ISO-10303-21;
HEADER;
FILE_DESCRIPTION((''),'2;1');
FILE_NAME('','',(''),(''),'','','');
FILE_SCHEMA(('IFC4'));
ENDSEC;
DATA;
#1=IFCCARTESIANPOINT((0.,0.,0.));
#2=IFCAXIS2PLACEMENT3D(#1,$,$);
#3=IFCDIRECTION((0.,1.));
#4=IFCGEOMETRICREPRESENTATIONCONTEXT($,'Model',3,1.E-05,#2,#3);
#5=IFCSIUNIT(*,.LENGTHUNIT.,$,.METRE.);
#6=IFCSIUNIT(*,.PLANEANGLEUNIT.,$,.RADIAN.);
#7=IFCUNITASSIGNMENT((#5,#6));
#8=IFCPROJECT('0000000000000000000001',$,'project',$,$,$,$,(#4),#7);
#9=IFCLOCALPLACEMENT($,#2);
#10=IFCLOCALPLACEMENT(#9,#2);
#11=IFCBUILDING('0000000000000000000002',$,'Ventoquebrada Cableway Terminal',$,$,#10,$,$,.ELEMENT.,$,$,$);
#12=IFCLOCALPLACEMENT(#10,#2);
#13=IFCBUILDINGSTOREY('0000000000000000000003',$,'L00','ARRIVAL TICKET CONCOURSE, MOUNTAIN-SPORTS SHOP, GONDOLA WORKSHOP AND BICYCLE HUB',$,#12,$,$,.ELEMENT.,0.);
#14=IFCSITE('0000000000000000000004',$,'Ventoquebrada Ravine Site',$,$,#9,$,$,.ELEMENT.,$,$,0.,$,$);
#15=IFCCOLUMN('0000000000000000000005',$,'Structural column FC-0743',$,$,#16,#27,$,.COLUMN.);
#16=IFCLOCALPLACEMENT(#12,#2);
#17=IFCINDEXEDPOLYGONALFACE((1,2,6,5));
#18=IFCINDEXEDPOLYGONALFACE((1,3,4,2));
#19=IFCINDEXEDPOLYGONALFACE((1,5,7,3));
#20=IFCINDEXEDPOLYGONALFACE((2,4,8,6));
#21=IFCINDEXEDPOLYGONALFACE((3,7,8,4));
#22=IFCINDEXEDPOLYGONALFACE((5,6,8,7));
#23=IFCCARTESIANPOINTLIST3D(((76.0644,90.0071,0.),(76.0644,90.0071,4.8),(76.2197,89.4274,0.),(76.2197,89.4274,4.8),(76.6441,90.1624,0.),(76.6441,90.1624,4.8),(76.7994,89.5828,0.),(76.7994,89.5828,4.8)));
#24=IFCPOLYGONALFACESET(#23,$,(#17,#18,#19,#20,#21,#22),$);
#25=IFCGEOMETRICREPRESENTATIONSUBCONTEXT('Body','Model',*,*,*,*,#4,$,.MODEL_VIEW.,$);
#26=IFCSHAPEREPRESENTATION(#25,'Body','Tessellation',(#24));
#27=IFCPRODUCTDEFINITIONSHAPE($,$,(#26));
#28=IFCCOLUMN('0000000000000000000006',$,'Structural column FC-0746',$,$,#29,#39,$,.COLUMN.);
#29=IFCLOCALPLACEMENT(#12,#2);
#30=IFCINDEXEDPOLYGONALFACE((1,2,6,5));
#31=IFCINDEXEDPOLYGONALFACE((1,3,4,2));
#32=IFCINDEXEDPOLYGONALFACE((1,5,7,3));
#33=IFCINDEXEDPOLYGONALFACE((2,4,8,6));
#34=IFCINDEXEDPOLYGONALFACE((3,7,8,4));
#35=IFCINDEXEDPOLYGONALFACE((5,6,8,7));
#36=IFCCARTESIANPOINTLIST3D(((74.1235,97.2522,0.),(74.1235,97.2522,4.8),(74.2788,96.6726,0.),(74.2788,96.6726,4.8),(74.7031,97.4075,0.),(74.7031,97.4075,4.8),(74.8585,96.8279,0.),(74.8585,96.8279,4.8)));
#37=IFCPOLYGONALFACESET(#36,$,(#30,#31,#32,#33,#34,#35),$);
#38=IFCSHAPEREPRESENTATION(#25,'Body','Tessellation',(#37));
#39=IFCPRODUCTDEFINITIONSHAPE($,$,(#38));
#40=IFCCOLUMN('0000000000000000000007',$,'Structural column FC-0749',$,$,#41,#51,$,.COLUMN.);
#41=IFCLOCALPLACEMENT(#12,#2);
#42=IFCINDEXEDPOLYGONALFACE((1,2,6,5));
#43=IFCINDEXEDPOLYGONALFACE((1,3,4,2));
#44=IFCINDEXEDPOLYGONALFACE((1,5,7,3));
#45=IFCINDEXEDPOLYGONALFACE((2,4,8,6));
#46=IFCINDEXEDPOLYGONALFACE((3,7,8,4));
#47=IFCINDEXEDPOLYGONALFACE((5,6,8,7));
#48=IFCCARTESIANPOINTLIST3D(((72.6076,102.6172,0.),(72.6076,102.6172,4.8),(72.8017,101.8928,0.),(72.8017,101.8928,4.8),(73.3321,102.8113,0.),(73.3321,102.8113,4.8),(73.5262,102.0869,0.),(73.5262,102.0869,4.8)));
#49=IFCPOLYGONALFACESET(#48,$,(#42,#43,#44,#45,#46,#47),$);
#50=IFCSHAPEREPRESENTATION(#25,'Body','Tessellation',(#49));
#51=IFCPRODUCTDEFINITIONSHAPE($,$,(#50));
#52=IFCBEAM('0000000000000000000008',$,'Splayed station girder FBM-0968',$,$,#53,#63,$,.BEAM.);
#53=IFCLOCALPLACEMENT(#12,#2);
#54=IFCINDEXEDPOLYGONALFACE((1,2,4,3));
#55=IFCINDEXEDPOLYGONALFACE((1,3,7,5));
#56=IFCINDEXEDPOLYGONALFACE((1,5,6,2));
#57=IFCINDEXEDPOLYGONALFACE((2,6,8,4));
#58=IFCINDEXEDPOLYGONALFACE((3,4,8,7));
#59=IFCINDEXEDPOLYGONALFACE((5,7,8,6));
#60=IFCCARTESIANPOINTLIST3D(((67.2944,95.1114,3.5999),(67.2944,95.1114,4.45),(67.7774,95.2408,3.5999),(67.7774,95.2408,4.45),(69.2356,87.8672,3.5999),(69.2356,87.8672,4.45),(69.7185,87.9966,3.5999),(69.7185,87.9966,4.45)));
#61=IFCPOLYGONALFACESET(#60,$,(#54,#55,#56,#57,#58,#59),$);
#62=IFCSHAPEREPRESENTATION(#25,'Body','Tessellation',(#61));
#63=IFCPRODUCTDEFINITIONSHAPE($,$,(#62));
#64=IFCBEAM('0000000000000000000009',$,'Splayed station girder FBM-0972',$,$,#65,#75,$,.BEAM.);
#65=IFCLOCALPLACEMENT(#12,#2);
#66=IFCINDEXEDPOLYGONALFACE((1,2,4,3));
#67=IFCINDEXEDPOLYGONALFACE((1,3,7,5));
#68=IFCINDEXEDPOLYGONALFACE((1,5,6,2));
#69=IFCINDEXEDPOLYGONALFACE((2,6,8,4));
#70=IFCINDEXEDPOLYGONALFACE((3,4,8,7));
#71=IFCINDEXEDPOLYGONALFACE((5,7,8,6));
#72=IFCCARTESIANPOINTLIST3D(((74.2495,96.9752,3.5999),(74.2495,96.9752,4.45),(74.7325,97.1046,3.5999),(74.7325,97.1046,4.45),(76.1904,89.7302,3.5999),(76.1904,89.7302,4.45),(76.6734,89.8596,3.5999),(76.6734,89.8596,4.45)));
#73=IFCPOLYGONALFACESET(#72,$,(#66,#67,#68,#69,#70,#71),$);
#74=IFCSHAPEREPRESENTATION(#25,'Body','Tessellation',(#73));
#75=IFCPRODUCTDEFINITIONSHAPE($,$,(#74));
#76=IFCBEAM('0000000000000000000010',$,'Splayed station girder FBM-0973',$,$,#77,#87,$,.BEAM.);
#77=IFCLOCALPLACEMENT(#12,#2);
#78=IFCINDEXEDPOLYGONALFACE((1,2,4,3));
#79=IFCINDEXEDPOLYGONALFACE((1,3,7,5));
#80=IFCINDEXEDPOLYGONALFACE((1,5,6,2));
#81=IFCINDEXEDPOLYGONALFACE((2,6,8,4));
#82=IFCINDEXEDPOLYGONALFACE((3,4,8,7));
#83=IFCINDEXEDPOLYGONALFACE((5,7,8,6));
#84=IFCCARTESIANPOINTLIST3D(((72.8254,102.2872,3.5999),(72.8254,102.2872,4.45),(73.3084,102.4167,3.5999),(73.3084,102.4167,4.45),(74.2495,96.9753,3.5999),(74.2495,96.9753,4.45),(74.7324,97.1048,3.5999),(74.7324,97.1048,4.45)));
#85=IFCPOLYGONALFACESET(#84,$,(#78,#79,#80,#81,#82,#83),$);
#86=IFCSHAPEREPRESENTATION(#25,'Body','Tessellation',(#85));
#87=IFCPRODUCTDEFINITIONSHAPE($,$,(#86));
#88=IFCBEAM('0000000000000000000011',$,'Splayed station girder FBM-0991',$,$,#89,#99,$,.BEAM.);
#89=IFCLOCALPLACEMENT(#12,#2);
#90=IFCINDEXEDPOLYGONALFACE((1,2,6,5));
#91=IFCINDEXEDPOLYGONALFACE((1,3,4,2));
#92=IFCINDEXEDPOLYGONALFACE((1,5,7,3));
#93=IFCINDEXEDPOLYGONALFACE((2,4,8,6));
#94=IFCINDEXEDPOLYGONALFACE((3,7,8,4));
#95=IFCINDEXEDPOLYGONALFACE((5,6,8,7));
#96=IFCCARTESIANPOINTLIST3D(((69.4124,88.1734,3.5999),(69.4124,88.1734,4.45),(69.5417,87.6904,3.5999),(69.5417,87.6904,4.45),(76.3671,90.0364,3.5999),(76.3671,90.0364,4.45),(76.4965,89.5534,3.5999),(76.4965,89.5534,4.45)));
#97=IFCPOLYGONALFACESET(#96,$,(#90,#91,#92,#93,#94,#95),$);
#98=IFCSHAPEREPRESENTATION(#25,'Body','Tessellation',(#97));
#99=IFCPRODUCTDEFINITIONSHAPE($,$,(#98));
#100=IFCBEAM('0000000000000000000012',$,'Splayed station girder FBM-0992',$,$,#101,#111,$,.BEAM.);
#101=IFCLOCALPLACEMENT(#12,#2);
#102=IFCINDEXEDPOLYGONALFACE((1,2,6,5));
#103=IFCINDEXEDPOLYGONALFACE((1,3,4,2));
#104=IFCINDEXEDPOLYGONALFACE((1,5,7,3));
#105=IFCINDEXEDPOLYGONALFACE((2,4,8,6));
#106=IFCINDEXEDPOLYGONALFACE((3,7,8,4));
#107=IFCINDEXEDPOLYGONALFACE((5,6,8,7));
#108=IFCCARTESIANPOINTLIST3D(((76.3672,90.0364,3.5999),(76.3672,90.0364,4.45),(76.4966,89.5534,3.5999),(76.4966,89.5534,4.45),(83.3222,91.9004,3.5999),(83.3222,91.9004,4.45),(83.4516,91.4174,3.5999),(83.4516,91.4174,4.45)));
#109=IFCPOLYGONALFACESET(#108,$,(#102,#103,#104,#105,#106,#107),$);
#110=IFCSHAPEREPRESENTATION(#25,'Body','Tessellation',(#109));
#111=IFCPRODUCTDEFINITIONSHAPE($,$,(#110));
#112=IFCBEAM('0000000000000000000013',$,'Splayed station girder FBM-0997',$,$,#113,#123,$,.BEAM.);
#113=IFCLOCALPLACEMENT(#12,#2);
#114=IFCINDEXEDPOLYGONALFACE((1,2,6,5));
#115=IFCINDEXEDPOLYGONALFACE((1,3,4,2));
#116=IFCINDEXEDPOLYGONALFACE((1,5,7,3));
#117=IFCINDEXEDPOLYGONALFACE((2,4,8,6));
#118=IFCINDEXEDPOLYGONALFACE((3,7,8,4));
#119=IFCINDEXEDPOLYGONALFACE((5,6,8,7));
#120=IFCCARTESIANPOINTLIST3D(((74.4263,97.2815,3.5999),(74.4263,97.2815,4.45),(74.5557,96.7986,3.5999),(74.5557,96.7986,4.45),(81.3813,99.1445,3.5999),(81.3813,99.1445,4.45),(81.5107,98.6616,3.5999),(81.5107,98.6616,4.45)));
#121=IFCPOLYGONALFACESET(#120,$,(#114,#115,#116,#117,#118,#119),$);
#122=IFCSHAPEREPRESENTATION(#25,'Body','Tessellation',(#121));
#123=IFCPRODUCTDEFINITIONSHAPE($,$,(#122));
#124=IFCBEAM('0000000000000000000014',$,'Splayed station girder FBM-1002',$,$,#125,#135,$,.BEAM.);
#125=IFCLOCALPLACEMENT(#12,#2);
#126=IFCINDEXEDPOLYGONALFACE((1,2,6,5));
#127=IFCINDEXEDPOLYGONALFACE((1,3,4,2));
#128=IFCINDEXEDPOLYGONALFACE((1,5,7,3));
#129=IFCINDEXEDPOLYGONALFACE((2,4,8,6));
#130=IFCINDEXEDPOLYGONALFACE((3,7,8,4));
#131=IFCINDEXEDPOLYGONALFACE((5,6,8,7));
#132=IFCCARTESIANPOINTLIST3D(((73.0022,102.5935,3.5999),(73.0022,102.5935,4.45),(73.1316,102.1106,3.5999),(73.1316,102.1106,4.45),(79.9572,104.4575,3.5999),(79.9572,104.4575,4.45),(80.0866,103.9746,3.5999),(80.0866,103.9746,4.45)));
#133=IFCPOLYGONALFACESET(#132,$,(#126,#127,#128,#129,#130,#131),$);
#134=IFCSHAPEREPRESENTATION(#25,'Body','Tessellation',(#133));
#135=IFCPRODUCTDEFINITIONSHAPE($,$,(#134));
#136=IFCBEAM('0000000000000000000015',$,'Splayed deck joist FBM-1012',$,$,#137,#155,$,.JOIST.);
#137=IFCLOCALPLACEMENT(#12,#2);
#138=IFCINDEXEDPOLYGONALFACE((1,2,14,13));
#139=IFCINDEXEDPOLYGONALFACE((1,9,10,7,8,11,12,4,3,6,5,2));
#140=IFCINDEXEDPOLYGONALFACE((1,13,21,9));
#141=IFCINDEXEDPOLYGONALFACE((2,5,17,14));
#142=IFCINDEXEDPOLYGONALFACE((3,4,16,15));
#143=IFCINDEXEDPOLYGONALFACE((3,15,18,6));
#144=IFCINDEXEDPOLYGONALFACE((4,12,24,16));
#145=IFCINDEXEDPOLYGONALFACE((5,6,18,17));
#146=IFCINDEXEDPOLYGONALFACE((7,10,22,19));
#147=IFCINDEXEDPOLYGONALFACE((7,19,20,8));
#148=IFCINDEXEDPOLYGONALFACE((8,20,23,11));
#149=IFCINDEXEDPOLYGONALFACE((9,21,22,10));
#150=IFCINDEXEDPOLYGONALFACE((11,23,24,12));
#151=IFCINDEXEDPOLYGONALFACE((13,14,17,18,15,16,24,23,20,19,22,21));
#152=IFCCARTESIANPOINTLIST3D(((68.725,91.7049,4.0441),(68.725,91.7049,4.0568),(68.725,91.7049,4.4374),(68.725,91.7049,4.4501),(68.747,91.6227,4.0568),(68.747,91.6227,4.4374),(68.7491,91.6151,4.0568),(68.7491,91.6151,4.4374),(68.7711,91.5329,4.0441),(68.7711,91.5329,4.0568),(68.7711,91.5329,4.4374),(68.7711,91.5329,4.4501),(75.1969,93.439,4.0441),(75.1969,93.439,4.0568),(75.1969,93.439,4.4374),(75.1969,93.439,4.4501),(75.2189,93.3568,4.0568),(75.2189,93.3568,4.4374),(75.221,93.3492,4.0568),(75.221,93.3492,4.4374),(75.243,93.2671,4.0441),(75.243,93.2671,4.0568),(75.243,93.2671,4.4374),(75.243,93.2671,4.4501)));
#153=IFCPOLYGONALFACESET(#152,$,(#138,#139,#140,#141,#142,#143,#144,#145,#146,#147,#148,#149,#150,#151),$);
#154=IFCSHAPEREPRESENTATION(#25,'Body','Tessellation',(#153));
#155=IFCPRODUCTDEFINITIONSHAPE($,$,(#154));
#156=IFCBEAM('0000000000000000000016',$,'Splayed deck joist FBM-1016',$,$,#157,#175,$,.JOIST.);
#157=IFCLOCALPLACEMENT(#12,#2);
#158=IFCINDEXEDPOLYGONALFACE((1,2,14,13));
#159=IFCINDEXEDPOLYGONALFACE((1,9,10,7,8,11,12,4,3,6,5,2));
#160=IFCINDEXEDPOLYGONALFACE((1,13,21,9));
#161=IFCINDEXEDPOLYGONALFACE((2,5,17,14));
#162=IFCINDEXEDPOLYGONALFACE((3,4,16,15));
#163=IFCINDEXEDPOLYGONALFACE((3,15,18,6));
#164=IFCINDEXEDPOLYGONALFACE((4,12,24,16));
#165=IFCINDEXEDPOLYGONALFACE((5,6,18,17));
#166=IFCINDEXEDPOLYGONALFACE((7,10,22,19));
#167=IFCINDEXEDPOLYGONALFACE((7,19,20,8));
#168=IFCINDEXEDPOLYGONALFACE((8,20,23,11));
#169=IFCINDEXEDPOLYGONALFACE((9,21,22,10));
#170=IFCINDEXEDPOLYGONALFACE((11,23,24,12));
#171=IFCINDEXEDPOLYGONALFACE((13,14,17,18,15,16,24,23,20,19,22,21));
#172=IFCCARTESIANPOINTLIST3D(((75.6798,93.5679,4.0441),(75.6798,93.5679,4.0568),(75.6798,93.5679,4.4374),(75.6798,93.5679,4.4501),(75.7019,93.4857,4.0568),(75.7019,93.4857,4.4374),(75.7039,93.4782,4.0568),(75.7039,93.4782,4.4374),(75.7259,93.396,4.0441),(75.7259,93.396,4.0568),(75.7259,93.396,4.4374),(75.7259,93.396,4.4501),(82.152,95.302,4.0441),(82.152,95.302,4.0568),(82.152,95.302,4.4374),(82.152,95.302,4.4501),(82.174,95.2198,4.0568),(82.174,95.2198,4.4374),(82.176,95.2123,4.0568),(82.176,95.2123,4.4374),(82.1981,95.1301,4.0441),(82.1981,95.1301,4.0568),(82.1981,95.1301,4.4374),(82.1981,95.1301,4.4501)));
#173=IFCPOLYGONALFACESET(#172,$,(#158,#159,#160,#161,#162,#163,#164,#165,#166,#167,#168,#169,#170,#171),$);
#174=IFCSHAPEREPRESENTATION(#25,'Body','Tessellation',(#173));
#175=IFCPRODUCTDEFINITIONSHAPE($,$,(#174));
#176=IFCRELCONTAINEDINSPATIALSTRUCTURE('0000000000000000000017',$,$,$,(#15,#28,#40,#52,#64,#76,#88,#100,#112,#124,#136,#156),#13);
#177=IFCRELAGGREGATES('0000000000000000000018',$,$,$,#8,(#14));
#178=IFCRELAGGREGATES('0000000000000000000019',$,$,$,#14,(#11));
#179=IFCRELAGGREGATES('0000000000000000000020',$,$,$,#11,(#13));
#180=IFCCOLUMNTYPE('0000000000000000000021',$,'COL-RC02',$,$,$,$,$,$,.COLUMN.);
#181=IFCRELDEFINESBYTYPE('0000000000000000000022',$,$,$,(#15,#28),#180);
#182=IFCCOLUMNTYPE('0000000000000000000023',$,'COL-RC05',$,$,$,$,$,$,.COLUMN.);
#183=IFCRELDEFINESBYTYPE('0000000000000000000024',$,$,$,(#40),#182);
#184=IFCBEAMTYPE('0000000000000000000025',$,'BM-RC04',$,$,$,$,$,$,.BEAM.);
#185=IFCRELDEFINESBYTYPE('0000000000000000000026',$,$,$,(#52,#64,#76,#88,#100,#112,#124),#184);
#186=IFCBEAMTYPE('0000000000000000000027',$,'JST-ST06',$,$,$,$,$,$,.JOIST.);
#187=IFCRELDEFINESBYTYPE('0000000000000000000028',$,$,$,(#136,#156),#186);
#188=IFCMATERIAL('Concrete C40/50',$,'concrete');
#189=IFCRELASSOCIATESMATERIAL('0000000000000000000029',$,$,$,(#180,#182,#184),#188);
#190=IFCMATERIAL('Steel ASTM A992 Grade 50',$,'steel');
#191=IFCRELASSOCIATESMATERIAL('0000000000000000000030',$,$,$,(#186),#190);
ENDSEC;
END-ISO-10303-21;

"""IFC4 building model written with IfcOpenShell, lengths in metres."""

from ifc_helpers import new_model, si_unit, direction, frame, origin, origin_2d, place, context, subcontext, project, spatial, rectangle, i_section, extrude, material, material_profile, profile_set, type_object, element, save


model = new_model("IFC4")

# Units and contexts
model_context = context("Model", 3, precision=1e-05, world=origin(), true_north=direction((0.0, 1.0)))
body_context = subcontext(model_context, "Body", "Model", "MODEL_VIEW")
ifc_project = project(units=[si_unit("LENGTHUNIT", "METRE"), si_unit("PLANEANGLEUNIT", "RADIAN")], contexts=[model_context])

# Site, building, storey
site_placement = place(None, origin())
site = spatial("IfcSite", under=ifc_project, at=site_placement, Name="Ventoquebrada Ravine Site", CompositionType="ELEMENT", RefElevation=0.0)
building_placement = place(site_placement, origin())
building = spatial("IfcBuilding", under=site, at=building_placement, Name="Ventoquebrada Cableway Terminal", CompositionType="ELEMENT")
storey_placement = place(building_placement, origin())
storey = spatial("IfcBuildingStorey", under=building, at=storey_placement, Name="L00", Description="ARRIVAL TICKET CONCOURSE, MOUNTAIN-SPORTS SHOP, GONDOLA WORKSHOP AND BICYCLE HUB", CompositionType="ELEMENT", Elevation=0.0)

# Columns
ifc_material_1 = material(Name="Concrete C40/50", Category="concrete")
ifc_material_profile_1 = material_profile(ifc_material_1, rectangle(XDim=0.6001, YDim=0.6001, at=origin_2d()), Name="RC-COL-600X600")
ifc_profile_set_1 = profile_set([ifc_material_profile_1], Name="Concrete C40/50")
column_type_1 = type_object("IfcColumnType", Name="COL-RC02", PredefinedType="COLUMN", material=ifc_profile_set_1)
for number, where, z_axis, x_axis, name in (
    (1, (76.4319, 89.7949, 0.0), (0.0, 0.0, 1.0), (0.965926, 0.258819, 0.0), "Structural column FC-0743"),
    (2, (74.491, 97.04, 0.0), (0.0, 0.0, 1.0), (0.965926, 0.258819, 0.0), "Structural column FC-0746"),
):
    element("IfcColumn", number, at=place(storey_placement, frame(where, z_axis=z_axis, x_axis=x_axis)), inside=storey, type_object=column_type_1, Name=name, PredefinedType="COLUMN", context=body_context, shape_type="SweptSolid", body=[
        extrude(rectangle(XDim=0.6001, YDim=0.6001, at=origin_2d()), origin(), (0.0, 0.0, 1.0), 4.8),
    ])
ifc_material_profile_2 = material_profile(ifc_material_1, rectangle(XDim=0.75, YDim=0.75, at=origin_2d()), Name="RC-COL-750X750")
ifc_profile_set_2 = profile_set([ifc_material_profile_2], Name="Concrete C40/50")
column_type_2 = type_object("IfcColumnType", Name="COL-RC05", PredefinedType="COLUMN", material=ifc_profile_set_2)
column_placement = place(storey_placement, frame((73.0669, 102.3521, 0.0), z_axis=(0.0, 0.0, 1.0), x_axis=(0.965926, 0.258819, 0.0)))
element("IfcColumn", 3, at=column_placement, inside=storey, type_object=column_type_2, Name="Structural column FC-0749", PredefinedType="COLUMN", context=body_context, shape_type="SweptSolid", body=[
    extrude(rectangle(XDim=0.75, YDim=0.75, at=origin_2d()), origin(), (0.0, 0.0, 1.0), 4.8),
])

# Beams
ifc_material_profile_3 = material_profile(ifc_material_1, rectangle(XDim=0.5, YDim=0.8501, at=origin_2d()), Name="RC-BM-500X850")
ifc_profile_set_3 = profile_set([ifc_material_profile_3], Name="Concrete C40/50")
beam_type_1 = type_object("IfcBeamType", Name="BM-RC04", PredefinedType="BEAM", material=ifc_profile_set_3)
beam_1_placement = place(storey_placement, frame((69.4771, 87.9319, 4.0249), z_axis=(-0.258832, 0.965922, 0.0), x_axis=(-0.965922, -0.258832, 0.0)))
element("IfcBeam", 4, at=beam_1_placement, inside=storey, type_object=beam_type_1, Name="Splayed station girder FBM-0968", PredefinedType="BEAM", context=body_context, shape_type="SweptSolid", body=[
    extrude(rectangle(XDim=0.5, YDim=0.8501, at=origin_2d()), origin(), (0.0, 0.0, 1.0), 7.4998),
])
beam_2_placement = place(storey_placement, frame((76.4319, 89.7949, 4.0249), z_axis=(-0.258769, 0.965939, 0.0), x_axis=(-0.965939, -0.258769, 0.0)))
element("IfcBeam", 5, at=beam_2_placement, inside=storey, type_object=beam_type_1, Name="Splayed station girder FBM-0972", PredefinedType="BEAM", context=body_context, shape_type="SweptSolid", body=[
    extrude(rectangle(XDim=0.5, YDim=0.8501, at=origin_2d()), origin(), (0.0, 0.0, 1.0), 7.5005),
])
beam_3_placement = place(storey_placement, frame((74.491, 97.04, 4.0249), z_axis=(-0.258942, 0.965893, 0.0), x_axis=(-0.965893, -0.258942, 0.0)))
element("IfcBeam", 6, at=beam_3_placement, inside=storey, type_object=beam_type_1, Name="Splayed station girder FBM-0973", PredefinedType="BEAM", context=body_context, shape_type="SweptSolid", body=[
    extrude(rectangle(XDim=0.5, YDim=0.8501, at=origin_2d()), origin(), (0.0, 0.0, 1.0), 5.4995),
])
beam_4_placement = place(storey_placement, frame((69.4771, 87.9319, 4.0249), z_axis=(0.965943, 0.258754, 0.0), x_axis=(-0.258754, 0.965943, 0.0)))
element("IfcBeam", 7, at=beam_4_placement, inside=storey, type_object=beam_type_1, Name="Splayed station girder FBM-0991", PredefinedType="BEAM", context=body_context, shape_type="SweptSolid", body=[
    extrude(rectangle(XDim=0.5, YDim=0.8501, at=origin_2d()), origin(), (0.0, 0.0, 1.0), 7.2),
])
beam_5_placement = place(storey_placement, frame((76.4319, 89.7949, 4.0249), z_axis=(0.965912, 0.258872, 0.0), x_axis=(-0.258872, 0.965912, 0.0)))
element("IfcBeam", 8, at=beam_5_placement, inside=storey, type_object=beam_type_1, Name="Splayed station girder FBM-0992", PredefinedType="BEAM", context=body_context, shape_type="SweptSolid", body=[
    extrude(rectangle(XDim=0.5, YDim=0.8501, at=origin_2d()), origin(), (0.0, 0.0, 1.0), 7.2004),
])
beam_6_placement = place(storey_placement, frame((74.491, 97.04, 4.0249), z_axis=(0.965946, 0.258745, 0.0), x_axis=(-0.258745, 0.965946, 0.0)))
element("IfcBeam", 9, at=beam_6_placement, inside=storey, type_object=beam_type_1, Name="Splayed station girder FBM-0997", PredefinedType="BEAM", context=body_context, shape_type="SweptSolid", body=[
    extrude(rectangle(XDim=0.5, YDim=0.8501, at=origin_2d()), origin(), (0.0, 0.0, 1.0), 7.2002),
])
beam_7_placement = place(storey_placement, frame((73.0669, 102.3521, 4.0249), z_axis=(0.965912, 0.258872, 0.0), x_axis=(-0.258872, 0.965912, 0.0)))
element("IfcBeam", 10, at=beam_7_placement, inside=storey, type_object=beam_type_1, Name="Splayed station girder FBM-1002", PredefinedType="BEAM", context=body_context, shape_type="SweptSolid", body=[
    extrude(rectangle(XDim=0.5, YDim=0.8501, at=origin_2d()), origin(), (0.0, 0.0, 1.0), 7.2004),
])
ifc_material_2 = material(Name="Steel ASTM A992 Grade 50", Category="steel")
ifc_material_profile_4 = material_profile(ifc_material_2, i_section(OverallWidth=0.178, OverallDepth=0.406, WebThickness=0.0078, FlangeThickness=0.0127, at=origin_2d()), Name="W16X40")
ifc_profile_set_4 = profile_set([ifc_material_profile_4], Name="Steel ASTM A992 Grade 50")
beam_type_2 = type_object("IfcBeamType", Name="JST-ST06", PredefinedType="JOIST", material=ifc_profile_set_4)
beam_8_placement = place(storey_placement, frame((68.748, 91.6189, 4.2471), z_axis=(0.965926, 0.258817, 0.0), x_axis=(-0.258817, 0.965926, 0.0)))
element("IfcBeam", 11, at=beam_8_placement, inside=storey, type_object=beam_type_2, Name="Splayed deck joist FBM-1012", PredefinedType="JOIST", context=body_context, shape_type="SweptSolid", body=[
    extrude(i_section(OverallWidth=0.178, OverallDepth=0.406, WebThickness=0.0078, FlangeThickness=0.0127, at=origin_2d()), origin(), (0.0, 0.0, 1.0), 6.7002),
])
beam_9_placement = place(storey_placement, frame((75.7029, 93.4819, 4.2471), z_axis=(0.965929, 0.258808, 0.0), x_axis=(-0.258808, 0.965929, 0.0)))
element("IfcBeam", 12, at=beam_9_placement, inside=storey, type_object=beam_type_2, Name="Splayed deck joist FBM-1016", PredefinedType="JOIST", context=body_context, shape_type="SweptSolid", body=[
    extrude(i_section(OverallWidth=0.178, OverallDepth=0.406, WebThickness=0.0078, FlangeThickness=0.0127, at=origin_2d()), origin(), (0.0, 0.0, 1.0), 6.7004),
])

save(model, "model.ifc")
